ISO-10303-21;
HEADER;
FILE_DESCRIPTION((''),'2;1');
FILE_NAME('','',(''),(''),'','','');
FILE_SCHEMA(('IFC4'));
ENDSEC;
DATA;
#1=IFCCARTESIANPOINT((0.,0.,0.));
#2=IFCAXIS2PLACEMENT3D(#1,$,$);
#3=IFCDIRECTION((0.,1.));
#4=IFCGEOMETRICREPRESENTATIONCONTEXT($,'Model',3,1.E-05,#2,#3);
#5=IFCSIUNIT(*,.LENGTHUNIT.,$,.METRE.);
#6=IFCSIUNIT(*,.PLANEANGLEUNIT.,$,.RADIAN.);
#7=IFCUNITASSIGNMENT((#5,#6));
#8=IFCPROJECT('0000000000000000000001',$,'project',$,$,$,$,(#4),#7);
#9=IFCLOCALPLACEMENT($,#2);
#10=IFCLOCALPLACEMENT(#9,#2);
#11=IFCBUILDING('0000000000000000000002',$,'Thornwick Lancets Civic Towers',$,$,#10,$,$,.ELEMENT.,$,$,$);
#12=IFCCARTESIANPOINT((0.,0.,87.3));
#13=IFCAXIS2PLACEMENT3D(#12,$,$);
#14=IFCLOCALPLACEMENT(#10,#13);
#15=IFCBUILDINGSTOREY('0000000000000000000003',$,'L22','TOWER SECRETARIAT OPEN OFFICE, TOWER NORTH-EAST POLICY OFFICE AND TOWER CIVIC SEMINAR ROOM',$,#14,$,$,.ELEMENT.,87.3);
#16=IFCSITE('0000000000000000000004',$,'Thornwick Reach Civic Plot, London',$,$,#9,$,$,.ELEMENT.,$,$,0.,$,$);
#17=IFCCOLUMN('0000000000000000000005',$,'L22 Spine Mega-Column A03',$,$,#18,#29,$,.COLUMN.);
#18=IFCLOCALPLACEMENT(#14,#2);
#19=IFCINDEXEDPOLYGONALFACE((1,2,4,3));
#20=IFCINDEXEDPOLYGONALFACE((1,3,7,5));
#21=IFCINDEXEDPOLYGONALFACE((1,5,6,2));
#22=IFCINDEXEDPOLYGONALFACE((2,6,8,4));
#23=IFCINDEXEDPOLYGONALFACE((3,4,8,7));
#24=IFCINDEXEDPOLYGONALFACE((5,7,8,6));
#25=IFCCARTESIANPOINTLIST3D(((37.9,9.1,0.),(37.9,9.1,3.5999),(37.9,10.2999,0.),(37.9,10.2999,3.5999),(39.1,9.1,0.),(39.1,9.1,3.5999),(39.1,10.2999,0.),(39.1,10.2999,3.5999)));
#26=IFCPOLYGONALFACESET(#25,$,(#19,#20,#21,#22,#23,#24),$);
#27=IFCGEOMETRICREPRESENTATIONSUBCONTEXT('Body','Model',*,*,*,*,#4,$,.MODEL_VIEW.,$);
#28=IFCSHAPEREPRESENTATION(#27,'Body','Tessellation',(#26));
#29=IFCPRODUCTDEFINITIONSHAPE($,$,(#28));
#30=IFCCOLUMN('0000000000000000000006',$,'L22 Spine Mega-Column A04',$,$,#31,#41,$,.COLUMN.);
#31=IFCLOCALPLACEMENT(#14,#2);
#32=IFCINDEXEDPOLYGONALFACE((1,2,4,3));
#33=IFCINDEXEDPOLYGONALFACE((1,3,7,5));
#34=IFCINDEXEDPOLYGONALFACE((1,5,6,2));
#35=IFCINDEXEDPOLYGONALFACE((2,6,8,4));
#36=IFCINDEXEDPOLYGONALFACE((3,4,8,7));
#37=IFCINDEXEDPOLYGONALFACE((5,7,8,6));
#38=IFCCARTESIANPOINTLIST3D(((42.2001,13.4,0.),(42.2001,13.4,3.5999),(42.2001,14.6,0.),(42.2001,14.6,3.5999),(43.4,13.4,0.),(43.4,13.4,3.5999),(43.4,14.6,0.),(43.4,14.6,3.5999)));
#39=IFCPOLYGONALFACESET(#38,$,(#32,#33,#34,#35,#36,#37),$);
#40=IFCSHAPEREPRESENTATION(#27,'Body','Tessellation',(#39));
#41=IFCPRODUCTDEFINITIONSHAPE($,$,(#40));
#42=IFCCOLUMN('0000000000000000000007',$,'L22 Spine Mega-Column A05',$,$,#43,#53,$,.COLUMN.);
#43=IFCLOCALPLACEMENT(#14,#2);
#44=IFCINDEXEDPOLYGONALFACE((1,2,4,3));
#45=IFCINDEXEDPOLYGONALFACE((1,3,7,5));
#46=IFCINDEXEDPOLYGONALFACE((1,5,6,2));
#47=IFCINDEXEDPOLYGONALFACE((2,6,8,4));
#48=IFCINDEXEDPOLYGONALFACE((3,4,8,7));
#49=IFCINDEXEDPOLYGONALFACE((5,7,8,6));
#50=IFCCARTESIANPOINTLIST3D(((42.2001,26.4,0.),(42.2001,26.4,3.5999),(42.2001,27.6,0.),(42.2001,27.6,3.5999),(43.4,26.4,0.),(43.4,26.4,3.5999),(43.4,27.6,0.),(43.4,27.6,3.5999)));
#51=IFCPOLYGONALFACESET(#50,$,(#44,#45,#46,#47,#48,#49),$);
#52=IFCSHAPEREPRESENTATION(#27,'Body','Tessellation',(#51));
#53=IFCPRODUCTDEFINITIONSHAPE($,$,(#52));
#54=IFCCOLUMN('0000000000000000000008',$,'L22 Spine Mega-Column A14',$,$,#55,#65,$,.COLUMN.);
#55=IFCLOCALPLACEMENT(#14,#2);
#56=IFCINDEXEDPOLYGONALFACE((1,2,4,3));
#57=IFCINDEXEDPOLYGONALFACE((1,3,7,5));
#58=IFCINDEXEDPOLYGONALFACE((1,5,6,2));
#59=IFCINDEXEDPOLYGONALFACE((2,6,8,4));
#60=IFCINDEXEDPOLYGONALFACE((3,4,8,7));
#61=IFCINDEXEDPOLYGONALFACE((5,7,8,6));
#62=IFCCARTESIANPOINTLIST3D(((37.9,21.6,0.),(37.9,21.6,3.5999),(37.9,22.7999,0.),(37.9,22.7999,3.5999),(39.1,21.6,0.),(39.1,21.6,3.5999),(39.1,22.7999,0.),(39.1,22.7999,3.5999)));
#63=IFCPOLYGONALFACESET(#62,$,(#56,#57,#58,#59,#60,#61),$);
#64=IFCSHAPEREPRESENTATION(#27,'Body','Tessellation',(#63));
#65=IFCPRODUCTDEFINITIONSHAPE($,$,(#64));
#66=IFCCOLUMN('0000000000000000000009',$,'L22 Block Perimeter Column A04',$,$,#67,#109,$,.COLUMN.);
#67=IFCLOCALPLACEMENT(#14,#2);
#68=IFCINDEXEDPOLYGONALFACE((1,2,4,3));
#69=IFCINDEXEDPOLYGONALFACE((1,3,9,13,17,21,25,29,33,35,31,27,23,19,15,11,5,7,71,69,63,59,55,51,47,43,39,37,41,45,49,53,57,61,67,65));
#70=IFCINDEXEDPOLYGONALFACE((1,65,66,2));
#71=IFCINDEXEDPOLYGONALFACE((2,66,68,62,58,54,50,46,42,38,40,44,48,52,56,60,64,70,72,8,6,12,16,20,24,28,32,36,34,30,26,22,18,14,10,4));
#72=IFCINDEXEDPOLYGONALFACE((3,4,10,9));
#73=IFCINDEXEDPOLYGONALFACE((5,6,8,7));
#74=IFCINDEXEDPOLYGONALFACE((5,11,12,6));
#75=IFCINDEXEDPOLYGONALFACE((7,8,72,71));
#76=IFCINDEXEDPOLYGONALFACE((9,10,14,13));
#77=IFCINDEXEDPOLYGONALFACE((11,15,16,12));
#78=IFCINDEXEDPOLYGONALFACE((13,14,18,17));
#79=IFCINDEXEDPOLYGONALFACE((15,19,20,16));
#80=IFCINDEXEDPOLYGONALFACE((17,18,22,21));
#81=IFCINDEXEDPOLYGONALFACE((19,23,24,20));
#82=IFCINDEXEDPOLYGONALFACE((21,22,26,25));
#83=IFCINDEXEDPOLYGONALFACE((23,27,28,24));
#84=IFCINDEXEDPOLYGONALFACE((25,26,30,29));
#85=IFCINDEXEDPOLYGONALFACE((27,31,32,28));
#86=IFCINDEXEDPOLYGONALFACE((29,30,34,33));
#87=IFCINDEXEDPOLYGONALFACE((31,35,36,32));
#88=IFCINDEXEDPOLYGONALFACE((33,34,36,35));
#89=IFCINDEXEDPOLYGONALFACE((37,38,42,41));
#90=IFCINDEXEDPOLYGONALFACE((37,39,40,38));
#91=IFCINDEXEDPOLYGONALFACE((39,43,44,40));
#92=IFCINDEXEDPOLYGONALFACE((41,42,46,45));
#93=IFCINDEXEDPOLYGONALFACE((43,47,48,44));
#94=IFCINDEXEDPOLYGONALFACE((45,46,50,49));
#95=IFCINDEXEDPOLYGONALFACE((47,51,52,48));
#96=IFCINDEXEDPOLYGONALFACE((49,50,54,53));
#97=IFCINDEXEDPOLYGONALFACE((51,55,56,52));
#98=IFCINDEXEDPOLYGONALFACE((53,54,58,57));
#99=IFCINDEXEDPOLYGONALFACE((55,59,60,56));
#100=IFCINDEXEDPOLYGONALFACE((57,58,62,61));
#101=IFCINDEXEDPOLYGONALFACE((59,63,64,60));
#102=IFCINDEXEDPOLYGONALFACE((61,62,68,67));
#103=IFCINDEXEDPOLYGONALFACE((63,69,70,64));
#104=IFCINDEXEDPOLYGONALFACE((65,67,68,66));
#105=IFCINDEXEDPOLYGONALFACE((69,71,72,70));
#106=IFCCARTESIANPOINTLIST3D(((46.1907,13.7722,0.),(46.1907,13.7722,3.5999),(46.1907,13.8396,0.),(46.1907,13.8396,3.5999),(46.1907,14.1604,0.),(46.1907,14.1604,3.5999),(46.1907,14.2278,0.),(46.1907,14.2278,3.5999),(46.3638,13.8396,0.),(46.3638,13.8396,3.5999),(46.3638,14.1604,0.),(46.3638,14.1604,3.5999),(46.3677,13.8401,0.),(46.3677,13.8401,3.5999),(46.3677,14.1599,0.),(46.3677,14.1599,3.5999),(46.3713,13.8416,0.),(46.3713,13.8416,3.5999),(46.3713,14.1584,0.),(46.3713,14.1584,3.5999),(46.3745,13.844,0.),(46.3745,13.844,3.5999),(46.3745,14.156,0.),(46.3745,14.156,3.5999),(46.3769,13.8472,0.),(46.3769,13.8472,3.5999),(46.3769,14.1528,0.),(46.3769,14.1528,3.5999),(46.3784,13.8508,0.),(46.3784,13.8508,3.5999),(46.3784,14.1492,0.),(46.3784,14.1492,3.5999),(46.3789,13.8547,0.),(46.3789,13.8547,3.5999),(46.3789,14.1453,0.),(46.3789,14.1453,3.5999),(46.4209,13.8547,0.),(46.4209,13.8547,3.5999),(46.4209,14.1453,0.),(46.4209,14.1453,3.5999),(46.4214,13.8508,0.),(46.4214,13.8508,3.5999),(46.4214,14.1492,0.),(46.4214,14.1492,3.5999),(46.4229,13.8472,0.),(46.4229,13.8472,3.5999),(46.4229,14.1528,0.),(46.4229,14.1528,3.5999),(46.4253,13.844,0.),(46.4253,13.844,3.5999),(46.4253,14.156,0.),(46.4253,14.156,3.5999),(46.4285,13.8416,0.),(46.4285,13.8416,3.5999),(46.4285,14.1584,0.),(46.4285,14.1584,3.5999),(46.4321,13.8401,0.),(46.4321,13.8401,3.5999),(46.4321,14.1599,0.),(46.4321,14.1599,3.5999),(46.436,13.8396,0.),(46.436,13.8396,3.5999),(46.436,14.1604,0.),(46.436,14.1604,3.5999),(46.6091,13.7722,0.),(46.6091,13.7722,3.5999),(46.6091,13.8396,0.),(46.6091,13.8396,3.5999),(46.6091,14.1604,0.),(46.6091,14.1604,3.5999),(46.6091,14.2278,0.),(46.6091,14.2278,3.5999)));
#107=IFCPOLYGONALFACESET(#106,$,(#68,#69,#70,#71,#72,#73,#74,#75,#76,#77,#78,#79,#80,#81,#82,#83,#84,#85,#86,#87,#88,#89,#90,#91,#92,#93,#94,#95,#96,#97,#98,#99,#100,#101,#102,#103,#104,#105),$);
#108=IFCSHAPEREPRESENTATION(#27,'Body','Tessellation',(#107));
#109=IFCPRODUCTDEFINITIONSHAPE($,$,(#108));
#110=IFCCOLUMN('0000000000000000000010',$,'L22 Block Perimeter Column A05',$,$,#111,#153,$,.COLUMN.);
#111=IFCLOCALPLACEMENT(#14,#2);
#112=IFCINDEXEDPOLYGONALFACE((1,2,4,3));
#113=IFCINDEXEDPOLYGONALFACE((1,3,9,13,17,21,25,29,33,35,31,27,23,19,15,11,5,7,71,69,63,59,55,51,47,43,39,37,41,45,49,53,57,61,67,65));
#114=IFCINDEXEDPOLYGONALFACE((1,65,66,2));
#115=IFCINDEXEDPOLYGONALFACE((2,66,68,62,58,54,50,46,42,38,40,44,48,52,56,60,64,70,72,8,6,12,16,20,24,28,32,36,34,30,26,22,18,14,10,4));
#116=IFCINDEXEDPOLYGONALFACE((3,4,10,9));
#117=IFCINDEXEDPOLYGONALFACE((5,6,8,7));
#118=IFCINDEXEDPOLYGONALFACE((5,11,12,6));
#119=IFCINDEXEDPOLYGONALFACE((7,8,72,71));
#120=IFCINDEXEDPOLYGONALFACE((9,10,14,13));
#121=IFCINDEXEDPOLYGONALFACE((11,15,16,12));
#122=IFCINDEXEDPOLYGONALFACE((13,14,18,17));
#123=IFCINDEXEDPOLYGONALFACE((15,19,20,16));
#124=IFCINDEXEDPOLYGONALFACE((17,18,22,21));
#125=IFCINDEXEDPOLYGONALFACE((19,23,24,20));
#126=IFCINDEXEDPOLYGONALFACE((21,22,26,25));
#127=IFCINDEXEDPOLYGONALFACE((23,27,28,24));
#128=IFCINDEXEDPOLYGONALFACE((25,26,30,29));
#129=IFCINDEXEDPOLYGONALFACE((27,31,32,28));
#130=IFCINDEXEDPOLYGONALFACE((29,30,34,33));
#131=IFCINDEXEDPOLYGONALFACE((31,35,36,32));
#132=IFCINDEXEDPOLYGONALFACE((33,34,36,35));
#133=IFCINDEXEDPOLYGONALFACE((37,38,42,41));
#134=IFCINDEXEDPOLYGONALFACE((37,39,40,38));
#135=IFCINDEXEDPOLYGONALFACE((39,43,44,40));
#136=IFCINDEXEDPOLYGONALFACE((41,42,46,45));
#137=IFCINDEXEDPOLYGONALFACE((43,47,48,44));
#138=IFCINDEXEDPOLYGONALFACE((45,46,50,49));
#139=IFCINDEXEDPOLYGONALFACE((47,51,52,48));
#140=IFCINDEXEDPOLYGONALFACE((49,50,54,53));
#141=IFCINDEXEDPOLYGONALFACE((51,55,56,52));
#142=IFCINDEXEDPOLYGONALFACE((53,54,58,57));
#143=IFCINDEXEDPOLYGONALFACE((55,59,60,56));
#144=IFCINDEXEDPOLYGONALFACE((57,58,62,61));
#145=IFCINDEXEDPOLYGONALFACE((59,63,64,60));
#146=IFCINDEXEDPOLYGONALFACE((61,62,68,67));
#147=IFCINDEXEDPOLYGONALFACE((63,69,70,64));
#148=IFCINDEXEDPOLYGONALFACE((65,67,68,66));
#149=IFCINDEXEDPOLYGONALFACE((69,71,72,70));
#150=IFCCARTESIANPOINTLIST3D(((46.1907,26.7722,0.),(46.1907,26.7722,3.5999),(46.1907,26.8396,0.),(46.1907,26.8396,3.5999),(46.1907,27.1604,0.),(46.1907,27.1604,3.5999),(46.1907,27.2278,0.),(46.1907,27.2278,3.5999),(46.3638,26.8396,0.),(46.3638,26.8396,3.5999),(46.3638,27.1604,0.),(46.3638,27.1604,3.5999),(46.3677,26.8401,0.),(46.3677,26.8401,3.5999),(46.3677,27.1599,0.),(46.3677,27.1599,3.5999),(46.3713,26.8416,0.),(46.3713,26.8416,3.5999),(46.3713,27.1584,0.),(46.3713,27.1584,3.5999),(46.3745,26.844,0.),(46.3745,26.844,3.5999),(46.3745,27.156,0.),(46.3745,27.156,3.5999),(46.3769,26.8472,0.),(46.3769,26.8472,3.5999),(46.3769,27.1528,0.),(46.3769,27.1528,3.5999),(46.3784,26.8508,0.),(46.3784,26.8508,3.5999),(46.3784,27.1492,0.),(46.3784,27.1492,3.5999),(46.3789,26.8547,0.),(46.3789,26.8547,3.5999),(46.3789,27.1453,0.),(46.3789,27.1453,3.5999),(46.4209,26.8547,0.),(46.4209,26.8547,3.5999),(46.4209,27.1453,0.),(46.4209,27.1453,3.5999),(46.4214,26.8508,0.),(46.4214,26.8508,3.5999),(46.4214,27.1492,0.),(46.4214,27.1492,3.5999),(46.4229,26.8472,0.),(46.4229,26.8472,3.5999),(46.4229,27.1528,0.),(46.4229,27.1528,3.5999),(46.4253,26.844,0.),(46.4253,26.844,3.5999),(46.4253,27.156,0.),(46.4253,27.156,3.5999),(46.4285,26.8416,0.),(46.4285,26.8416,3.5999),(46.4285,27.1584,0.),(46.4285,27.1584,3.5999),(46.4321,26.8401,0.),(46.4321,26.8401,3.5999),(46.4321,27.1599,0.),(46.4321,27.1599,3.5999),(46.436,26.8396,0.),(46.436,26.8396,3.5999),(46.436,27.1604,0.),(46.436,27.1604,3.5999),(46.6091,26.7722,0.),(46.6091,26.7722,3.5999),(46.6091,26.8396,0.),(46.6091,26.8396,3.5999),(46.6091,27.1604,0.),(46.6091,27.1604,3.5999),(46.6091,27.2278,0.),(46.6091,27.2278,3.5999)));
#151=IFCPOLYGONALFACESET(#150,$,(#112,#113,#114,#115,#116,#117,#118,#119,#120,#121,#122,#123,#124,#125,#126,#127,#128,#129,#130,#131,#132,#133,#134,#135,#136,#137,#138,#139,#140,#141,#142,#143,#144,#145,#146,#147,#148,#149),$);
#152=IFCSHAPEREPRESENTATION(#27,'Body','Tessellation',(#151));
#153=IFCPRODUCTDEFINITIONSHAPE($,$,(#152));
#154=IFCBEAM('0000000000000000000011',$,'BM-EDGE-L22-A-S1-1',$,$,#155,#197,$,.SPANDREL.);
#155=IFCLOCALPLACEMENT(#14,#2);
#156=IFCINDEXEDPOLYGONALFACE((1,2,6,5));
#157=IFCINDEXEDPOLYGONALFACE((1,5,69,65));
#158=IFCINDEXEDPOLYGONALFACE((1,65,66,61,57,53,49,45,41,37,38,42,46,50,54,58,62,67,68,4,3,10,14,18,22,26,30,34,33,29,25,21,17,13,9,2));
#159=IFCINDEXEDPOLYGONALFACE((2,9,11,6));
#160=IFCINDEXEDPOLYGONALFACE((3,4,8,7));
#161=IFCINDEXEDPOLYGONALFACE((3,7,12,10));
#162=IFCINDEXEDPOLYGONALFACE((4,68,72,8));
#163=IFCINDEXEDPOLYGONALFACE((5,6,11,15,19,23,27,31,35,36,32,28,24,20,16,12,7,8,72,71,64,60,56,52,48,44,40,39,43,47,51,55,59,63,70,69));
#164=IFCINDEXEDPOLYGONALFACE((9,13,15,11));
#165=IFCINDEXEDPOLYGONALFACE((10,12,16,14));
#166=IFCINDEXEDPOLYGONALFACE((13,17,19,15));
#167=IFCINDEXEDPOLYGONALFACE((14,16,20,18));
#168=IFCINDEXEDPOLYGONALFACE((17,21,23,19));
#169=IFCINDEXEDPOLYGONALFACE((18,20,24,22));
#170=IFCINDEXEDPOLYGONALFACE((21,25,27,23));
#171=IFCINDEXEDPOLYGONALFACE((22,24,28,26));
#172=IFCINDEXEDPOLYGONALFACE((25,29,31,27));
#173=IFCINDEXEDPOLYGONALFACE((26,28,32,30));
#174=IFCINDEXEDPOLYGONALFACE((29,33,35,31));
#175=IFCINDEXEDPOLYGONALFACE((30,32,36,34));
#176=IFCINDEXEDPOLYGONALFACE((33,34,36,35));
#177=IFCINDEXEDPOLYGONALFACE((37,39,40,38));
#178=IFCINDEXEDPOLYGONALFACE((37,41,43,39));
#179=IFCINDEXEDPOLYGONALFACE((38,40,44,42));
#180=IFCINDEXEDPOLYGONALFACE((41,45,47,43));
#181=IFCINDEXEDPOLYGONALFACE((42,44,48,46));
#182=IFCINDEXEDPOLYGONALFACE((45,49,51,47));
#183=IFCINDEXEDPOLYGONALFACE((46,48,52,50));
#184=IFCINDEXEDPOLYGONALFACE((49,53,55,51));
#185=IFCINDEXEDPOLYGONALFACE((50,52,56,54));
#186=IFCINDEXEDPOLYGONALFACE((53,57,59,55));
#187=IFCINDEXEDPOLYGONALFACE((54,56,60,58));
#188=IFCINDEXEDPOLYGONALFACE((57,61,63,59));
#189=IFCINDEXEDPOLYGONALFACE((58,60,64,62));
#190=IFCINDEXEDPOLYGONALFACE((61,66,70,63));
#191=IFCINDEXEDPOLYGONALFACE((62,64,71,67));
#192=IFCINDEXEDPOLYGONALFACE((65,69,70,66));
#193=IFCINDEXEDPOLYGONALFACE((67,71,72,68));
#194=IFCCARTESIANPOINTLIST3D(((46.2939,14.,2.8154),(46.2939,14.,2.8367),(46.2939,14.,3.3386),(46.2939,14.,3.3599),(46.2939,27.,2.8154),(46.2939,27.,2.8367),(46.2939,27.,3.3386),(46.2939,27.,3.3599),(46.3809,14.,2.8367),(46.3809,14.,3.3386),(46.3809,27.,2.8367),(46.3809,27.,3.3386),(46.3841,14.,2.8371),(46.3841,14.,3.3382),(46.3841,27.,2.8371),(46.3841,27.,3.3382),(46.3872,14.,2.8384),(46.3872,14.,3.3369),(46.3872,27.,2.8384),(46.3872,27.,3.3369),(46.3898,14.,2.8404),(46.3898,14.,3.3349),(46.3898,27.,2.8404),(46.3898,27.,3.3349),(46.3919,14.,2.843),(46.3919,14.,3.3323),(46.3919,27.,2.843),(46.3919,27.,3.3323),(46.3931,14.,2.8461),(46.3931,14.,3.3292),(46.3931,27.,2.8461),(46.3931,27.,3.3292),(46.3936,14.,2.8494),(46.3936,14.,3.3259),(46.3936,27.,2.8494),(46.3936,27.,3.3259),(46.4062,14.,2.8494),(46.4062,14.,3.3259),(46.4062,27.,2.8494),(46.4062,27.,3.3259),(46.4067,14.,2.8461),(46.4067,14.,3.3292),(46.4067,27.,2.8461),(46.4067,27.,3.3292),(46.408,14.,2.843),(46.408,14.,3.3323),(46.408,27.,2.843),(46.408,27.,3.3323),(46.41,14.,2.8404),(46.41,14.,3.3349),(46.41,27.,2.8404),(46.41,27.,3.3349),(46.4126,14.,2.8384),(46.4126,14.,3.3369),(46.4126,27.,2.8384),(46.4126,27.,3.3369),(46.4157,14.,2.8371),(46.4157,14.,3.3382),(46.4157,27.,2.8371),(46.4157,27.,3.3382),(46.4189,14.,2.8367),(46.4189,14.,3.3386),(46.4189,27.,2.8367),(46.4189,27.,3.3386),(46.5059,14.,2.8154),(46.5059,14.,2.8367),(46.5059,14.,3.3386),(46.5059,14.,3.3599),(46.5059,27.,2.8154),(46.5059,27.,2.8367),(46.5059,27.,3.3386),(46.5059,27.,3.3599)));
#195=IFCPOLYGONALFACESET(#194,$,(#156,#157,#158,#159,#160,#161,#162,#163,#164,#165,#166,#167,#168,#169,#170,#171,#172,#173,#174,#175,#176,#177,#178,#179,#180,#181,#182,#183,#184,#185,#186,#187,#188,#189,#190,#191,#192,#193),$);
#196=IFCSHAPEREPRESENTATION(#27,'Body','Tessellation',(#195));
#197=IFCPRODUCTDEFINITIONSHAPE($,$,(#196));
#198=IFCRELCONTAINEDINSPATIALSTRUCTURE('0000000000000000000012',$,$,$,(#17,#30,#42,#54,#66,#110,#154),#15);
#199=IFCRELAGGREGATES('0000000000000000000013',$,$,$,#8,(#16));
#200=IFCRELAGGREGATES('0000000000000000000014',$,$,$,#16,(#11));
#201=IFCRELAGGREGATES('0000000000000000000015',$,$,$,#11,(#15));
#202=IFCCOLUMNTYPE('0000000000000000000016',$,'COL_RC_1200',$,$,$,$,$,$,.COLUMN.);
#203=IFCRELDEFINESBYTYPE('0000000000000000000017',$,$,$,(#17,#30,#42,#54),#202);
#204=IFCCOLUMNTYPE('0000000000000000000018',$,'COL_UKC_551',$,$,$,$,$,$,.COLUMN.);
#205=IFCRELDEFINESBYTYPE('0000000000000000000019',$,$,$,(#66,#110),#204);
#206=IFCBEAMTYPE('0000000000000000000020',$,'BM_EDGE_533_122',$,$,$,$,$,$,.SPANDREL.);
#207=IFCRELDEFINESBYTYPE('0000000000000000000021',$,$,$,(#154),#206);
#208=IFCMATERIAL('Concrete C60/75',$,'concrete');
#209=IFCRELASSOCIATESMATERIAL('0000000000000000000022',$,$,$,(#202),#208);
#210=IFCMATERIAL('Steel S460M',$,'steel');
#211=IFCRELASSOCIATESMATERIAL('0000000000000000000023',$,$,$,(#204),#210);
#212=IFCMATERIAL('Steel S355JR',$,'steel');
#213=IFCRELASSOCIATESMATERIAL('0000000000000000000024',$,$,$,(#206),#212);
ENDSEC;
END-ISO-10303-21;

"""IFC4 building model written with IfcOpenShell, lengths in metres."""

from ifc_helpers import new_model, si_unit, direction, frame, origin, origin_2d, place, context, subcontext, project, spatial, rectangle, i_section, extrude, material, material_profile, profile_set, type_object, element, save


model = new_model("IFC4")

# Units and contexts
model_context = context("Model", 3, precision=1e-05, world=origin(), true_north=direction((0.0, 1.0)))
body_context = subcontext(model_context, "Body", "Model", "MODEL_VIEW")
ifc_project = project(units=[si_unit("LENGTHUNIT", "METRE"), si_unit("PLANEANGLEUNIT", "RADIAN")], contexts=[model_context])

# Site, building, storey
site_placement = place(None, origin())
site = spatial("IfcSite", under=ifc_project, at=site_placement, Name="Thornwick Reach Civic Plot, London", CompositionType="ELEMENT", RefElevation=0.0)
building_placement = place(site_placement, origin())
building = spatial("IfcBuilding", under=site, at=building_placement, Name="Thornwick Lancets Civic Towers", CompositionType="ELEMENT")
storey_placement = place(building_placement, frame((0.0, 0.0, 87.3)))
storey = spatial("IfcBuildingStorey", under=building, at=storey_placement, Name="L22", Description="TOWER SECRETARIAT OPEN OFFICE, TOWER NORTH-EAST POLICY OFFICE AND TOWER CIVIC SEMINAR ROOM", CompositionType="ELEMENT", Elevation=87.3)

# Columns
ifc_material_1 = material(Name="Concrete C60/75", Category="concrete")
ifc_material_profile_1 = material_profile(ifc_material_1, rectangle(XDim=1.2, YDim=1.2, at=origin_2d()), Name="RC 1200x1200")
ifc_profile_set_1 = profile_set([ifc_material_profile_1], Name="Concrete C60/75")
column_type_1 = type_object("IfcColumnType", Name="COL_RC_1200", PredefinedType="COLUMN", material=ifc_profile_set_1)
for number, where, z_axis, x_axis, name in (
    (1, (38.5, 9.7, 0.0), (0.0, 0.0, 1.0), (1.0, 0.0, 0.0), "L22 Spine Mega-Column A03"),
    (2, (42.8, 14.0, 0.0), (0.0, 0.0, 1.0), (1.0, 0.0, 0.0), "L22 Spine Mega-Column A04"),
    (3, (42.8, 27.0, 0.0), (0.0, 0.0, 1.0), (1.0, 0.0, 0.0), "L22 Spine Mega-Column A05"),
    (4, (38.5, 22.2, 0.0), (0.0, 0.0, 1.0), (1.0, 0.0, 0.0), "L22 Spine Mega-Column A14"),
):
    element("IfcColumn", number, at=place(storey_placement, frame(where, z_axis=z_axis, x_axis=x_axis)), inside=storey, type_object=column_type_1, Name=name, PredefinedType="COLUMN", context=body_context, shape_type="SweptSolid", body=[
        extrude(rectangle(XDim=1.2, YDim=1.2, at=origin_2d()), origin(), (0.0, 0.0, 1.0), 3.5999),
    ])
ifc_material_2 = material(Name="Steel S460M", Category="steel")
ifc_material_profile_2 = material_profile(ifc_material_2, i_section(OverallWidth=0.4185, OverallDepth=0.4556, WebThickness=0.042, FlangeThickness=0.0674, FilletRadius=0.0151, at=origin_2d()), Name="UKC 356x406x551")
ifc_profile_set_2 = profile_set([ifc_material_profile_2], Name="Steel S460M")
column_type_2 = type_object("IfcColumnType", Name="COL_UKC_551", PredefinedType="COLUMN", material=ifc_profile_set_2)
for number, where, z_axis, x_axis, name in (
    (5, (46.3999, 14.0, 0.0), (0.0, 0.0, 1.0), (1.0, 0.0, 0.0), "L22 Block Perimeter Column A04"),
    (6, (46.3999, 27.0, 0.0), (0.0, 0.0, 1.0), (1.0, 0.0, 0.0), "L22 Block Perimeter Column A05"),
):
    element("IfcColumn", number, at=place(storey_placement, frame(where, z_axis=z_axis, x_axis=x_axis)), inside=storey, type_object=column_type_2, Name=name, PredefinedType="COLUMN", context=body_context, shape_type="SweptSolid", body=[
        extrude(i_section(OverallWidth=0.4185, OverallDepth=0.4556, WebThickness=0.042, FlangeThickness=0.0674, FilletRadius=0.0151, at=origin_2d()), origin(), (0.0, 0.0, 1.0), 3.5999),
    ])

# Beam
ifc_material_3 = material(Name="Steel S355JR", Category="steel")
ifc_material_profile_3 = material_profile(ifc_material_3, i_section(OverallWidth=0.2119, OverallDepth=0.5444, WebThickness=0.0127, FlangeThickness=0.0212, FilletRadius=0.0127, at=origin_2d()), Name="UKB 533x210x122")
ifc_profile_set_3 = profile_set([ifc_material_profile_3], Name="Steel S355JR")
beam_type_1 = type_object("IfcBeamType", Name="BM_EDGE_533_122", PredefinedType="SPANDREL", material=ifc_profile_set_3)
beam_1_placement = place(storey_placement, frame((46.3999, 14.0, 3.0876), z_axis=(0.0, 1.0, 0.0), x_axis=(-1.0, 0.0, 0.0)))
element("IfcBeam", 7, at=beam_1_placement, inside=storey, type_object=beam_type_1, Name="BM-EDGE-L22-A-S1-1", PredefinedType="SPANDREL", context=body_context, shape_type="SweptSolid", body=[
    extrude(i_section(OverallWidth=0.2119, OverallDepth=0.5444, WebThickness=0.0127, FlangeThickness=0.0212, FilletRadius=0.0127, at=origin_2d()), origin(), (0.0, 0.0, 1.0), 13.0),
])

save(model, "model.ifc")
